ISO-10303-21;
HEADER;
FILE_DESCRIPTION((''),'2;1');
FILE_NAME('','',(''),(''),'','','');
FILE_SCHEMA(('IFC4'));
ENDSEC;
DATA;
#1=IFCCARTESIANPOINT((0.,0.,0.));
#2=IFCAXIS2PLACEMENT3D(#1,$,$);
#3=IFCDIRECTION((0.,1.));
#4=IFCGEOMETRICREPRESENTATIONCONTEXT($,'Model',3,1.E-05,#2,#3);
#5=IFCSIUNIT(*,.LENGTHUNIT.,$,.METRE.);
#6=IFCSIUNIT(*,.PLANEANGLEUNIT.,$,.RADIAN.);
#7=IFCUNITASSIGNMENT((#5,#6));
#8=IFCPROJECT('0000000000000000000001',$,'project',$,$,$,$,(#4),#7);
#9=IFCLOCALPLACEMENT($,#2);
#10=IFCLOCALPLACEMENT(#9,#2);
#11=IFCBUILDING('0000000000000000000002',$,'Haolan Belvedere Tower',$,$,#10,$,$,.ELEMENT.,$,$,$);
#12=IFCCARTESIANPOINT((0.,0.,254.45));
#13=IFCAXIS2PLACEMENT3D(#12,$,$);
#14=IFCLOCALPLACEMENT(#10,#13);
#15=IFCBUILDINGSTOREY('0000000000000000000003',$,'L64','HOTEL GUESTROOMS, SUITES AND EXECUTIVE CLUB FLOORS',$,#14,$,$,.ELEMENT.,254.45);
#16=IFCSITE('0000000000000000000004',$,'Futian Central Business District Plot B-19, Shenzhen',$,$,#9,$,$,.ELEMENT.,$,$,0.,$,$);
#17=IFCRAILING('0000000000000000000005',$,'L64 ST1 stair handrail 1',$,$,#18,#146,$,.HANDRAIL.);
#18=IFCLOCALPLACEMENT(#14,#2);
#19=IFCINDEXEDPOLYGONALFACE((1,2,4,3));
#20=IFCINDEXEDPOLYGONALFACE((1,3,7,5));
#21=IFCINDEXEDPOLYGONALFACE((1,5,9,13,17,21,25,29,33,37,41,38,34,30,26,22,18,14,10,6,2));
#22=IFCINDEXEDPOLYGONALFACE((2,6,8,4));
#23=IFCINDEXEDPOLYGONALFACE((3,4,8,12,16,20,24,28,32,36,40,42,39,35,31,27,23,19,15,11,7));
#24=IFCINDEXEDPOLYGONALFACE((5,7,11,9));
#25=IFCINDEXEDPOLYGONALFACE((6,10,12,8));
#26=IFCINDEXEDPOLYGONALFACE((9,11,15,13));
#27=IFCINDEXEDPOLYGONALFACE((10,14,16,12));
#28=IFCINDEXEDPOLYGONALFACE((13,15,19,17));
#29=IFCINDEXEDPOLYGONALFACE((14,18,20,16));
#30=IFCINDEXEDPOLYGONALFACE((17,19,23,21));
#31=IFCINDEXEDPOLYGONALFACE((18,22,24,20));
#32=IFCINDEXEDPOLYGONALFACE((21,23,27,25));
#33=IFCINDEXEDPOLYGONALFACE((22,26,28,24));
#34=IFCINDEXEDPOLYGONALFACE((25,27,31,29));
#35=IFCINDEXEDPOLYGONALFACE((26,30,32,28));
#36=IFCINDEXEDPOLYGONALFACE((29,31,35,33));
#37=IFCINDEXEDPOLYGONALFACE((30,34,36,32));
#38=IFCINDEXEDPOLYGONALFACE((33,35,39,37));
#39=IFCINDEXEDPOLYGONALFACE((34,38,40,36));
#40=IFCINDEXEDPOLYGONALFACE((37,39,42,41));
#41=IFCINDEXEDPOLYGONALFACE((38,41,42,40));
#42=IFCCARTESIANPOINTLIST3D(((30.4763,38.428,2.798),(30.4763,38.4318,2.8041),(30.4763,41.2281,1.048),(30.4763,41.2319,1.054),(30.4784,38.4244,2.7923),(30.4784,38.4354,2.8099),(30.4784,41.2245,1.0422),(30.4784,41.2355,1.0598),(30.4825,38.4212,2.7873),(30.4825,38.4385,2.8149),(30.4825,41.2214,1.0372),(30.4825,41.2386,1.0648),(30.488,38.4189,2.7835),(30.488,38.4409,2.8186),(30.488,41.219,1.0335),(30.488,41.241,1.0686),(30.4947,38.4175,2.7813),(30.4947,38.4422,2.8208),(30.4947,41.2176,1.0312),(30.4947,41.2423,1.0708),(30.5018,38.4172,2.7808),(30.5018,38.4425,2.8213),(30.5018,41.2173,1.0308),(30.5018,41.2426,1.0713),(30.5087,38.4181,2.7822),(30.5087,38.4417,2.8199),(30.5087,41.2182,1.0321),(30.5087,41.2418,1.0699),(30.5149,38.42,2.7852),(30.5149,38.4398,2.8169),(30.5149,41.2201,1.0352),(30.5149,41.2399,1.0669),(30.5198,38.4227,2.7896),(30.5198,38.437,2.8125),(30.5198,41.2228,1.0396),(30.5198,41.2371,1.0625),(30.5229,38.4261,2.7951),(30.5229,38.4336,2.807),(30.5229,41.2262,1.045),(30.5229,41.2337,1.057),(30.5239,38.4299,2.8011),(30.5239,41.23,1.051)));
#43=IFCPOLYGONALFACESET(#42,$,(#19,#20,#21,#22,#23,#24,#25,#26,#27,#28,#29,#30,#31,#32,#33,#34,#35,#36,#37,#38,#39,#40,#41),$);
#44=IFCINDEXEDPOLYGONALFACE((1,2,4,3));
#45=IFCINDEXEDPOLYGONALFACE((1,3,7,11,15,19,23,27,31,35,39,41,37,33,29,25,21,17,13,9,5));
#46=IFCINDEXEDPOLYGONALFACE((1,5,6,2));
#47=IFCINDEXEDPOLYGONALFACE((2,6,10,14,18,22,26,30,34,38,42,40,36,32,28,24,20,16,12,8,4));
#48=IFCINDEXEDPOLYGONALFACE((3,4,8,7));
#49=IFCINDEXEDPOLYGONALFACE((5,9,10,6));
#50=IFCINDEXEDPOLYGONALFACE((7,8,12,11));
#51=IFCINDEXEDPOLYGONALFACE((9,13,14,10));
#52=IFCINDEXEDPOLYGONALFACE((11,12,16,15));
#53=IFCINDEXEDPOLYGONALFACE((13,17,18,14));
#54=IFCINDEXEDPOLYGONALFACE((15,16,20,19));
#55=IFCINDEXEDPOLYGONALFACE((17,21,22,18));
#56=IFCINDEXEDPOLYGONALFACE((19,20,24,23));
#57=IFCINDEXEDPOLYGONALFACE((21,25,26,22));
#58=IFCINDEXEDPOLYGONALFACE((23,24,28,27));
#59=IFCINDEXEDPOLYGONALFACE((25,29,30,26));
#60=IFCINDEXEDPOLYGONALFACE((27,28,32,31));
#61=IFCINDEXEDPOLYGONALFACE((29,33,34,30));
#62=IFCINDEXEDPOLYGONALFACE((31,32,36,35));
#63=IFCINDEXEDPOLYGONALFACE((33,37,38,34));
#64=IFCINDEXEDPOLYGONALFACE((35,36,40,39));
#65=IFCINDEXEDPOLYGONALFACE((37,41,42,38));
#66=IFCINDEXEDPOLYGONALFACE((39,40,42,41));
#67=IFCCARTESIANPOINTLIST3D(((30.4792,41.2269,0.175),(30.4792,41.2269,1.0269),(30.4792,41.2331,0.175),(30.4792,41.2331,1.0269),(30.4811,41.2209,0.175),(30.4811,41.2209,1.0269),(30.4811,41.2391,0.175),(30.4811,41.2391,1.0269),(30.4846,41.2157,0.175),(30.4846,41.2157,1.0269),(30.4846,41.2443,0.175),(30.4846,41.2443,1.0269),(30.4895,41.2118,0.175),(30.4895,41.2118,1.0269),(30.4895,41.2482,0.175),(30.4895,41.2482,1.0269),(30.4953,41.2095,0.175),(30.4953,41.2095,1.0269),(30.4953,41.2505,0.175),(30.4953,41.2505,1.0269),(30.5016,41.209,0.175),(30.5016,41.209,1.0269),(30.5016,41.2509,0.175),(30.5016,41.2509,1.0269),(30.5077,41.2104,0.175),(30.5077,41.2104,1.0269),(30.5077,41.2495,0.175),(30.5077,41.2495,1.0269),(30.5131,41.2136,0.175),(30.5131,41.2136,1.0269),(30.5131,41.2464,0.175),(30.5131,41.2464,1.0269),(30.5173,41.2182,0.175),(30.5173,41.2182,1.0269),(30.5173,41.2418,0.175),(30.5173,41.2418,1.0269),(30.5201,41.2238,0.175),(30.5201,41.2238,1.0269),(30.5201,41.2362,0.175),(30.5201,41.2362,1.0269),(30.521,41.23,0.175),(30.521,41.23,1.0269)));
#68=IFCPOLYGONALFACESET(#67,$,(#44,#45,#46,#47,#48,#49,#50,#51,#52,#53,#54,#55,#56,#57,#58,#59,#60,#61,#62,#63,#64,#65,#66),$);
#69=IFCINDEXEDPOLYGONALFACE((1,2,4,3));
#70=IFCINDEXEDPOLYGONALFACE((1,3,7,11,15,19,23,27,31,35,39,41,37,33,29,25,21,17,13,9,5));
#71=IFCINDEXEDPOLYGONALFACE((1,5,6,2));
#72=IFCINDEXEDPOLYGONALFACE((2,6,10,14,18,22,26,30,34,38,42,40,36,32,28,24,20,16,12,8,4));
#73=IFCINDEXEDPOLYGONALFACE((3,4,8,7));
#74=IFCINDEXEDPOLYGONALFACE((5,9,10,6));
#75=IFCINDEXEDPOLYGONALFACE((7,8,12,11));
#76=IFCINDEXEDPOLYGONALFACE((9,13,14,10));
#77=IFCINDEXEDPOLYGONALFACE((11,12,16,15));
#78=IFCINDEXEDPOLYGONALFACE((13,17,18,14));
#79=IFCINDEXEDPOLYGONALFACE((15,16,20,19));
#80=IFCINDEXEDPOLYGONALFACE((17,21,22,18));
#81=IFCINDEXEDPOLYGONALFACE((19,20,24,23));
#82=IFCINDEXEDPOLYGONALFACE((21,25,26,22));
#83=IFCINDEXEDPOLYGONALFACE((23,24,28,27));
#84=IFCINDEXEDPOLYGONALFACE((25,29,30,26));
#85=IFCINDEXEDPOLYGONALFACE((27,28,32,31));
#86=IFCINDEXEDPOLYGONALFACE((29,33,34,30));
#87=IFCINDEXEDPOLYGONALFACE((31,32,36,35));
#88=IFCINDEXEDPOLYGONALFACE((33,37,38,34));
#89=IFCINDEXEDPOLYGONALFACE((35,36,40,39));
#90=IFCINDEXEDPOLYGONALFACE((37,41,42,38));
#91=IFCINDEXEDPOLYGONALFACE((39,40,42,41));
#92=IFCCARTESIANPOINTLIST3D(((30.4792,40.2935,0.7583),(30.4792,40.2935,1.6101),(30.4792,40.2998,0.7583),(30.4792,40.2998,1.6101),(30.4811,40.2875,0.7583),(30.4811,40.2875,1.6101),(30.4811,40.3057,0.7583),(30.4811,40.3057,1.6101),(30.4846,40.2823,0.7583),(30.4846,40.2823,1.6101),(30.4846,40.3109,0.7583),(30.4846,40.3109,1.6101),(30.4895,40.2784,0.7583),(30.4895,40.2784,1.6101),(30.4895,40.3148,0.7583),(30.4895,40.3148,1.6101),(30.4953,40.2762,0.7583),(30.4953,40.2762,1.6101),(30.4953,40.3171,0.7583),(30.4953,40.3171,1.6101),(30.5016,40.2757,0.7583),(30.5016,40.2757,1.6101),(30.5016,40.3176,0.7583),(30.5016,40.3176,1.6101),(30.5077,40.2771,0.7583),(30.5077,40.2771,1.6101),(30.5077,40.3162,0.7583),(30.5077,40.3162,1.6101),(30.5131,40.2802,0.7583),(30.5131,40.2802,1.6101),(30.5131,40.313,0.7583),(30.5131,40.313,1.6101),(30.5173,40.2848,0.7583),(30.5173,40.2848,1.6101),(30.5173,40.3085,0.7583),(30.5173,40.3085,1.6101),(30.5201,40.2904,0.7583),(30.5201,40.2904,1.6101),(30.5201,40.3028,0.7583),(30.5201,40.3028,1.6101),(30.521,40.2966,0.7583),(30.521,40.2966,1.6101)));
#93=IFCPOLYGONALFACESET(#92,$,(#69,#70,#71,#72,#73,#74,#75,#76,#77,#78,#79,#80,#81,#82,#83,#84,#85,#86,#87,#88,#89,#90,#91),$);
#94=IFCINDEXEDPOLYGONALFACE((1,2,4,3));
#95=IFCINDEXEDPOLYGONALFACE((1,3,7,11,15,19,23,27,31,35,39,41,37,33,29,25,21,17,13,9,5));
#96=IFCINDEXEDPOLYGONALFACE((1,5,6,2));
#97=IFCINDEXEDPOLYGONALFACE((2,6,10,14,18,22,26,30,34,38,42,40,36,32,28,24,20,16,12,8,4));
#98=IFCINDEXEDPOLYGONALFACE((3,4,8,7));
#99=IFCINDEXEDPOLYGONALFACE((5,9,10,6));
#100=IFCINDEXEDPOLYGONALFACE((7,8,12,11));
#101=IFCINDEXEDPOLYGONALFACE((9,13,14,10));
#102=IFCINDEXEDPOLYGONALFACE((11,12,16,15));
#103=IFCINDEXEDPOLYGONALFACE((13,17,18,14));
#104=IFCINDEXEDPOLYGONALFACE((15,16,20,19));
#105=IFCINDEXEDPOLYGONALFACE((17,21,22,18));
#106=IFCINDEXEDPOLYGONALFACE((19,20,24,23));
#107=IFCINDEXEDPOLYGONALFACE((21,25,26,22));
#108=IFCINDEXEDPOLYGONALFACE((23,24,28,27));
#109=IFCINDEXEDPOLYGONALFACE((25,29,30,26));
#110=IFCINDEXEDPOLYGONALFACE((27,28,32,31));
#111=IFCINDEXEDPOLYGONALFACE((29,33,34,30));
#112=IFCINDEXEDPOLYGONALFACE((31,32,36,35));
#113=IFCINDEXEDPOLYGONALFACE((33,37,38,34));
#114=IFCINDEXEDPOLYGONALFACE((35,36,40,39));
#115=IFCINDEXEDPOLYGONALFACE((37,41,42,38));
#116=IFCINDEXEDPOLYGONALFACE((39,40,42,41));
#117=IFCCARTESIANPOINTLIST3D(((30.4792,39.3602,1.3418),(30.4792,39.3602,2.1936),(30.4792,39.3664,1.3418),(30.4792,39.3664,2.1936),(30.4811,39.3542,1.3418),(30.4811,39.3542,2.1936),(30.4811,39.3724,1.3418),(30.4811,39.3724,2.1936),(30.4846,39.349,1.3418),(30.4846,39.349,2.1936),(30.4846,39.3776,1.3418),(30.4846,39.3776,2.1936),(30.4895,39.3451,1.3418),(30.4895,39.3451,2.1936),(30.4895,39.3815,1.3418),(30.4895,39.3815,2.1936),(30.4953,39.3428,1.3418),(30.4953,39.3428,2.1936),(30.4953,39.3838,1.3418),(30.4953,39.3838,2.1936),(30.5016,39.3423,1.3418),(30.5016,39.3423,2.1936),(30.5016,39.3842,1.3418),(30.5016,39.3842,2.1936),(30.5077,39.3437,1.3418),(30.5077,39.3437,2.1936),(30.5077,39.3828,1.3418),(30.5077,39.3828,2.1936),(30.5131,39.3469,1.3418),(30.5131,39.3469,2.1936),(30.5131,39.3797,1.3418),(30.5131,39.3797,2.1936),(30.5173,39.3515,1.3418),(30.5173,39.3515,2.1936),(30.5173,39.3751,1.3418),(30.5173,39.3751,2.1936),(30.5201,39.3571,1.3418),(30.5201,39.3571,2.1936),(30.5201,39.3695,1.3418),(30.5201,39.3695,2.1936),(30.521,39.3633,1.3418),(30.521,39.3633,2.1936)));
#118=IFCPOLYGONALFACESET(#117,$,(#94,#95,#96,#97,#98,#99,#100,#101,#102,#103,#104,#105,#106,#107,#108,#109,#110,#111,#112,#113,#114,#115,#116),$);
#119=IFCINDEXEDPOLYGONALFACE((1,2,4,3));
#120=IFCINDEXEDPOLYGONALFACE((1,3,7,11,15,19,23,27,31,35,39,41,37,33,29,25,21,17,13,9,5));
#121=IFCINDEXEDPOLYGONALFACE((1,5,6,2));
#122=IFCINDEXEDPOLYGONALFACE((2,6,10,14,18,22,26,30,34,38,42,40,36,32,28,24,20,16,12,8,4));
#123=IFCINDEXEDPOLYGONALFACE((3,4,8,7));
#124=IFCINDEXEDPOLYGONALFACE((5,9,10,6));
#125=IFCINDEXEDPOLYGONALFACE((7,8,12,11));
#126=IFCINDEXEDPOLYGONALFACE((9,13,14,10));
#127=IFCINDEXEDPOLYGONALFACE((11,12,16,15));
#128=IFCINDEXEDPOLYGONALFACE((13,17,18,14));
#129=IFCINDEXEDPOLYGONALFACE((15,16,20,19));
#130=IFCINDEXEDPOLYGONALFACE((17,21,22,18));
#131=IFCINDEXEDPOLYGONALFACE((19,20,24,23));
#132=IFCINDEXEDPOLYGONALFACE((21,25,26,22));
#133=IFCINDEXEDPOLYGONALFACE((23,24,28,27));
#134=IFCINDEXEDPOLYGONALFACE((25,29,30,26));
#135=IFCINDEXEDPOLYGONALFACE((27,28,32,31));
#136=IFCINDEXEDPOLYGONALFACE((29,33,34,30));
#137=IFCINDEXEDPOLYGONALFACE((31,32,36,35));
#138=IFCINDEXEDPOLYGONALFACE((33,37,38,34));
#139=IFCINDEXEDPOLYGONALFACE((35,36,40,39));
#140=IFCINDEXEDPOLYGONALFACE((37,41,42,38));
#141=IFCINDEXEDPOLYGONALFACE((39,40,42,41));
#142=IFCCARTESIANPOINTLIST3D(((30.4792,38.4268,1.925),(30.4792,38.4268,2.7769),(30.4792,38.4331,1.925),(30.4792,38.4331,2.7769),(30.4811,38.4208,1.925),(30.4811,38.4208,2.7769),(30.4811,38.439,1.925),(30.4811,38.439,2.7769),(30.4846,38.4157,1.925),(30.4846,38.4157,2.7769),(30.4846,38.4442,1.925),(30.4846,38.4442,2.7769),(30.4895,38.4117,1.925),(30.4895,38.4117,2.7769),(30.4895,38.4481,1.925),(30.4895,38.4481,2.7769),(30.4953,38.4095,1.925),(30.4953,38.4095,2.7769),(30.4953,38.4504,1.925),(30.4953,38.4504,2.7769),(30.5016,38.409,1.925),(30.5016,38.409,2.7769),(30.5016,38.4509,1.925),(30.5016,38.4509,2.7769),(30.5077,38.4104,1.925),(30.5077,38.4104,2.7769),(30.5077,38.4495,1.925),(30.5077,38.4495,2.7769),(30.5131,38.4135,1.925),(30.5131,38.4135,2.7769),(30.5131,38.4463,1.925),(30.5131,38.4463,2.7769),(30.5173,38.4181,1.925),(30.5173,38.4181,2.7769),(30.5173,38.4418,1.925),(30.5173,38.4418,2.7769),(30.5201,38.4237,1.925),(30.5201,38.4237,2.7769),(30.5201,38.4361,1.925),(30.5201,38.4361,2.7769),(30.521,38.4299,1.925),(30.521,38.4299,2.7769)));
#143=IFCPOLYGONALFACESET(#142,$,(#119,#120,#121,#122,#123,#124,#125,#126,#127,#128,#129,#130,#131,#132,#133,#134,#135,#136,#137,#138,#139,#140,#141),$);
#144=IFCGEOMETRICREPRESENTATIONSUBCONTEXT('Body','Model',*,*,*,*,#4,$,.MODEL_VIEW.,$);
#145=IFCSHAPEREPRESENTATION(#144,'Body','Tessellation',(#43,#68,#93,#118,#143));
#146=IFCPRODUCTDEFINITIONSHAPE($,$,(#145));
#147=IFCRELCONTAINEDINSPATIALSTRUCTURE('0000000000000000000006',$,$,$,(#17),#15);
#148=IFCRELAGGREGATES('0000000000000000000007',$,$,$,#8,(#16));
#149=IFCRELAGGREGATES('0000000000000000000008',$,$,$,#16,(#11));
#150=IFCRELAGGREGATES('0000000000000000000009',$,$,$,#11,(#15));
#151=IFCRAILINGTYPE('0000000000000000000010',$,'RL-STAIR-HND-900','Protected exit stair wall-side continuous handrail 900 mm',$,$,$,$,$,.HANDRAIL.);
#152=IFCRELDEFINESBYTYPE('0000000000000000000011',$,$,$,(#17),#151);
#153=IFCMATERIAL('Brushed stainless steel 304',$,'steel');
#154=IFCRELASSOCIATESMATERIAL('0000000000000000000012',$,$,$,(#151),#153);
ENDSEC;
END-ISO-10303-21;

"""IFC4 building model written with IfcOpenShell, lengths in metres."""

from ifc_helpers import new_model, si_unit, direction, frame, origin, origin_2d, place, context, subcontext, project, spatial, circle, extrude, material, type_object, element, save


model = new_model("IFC4")

# Units and contexts
model_context = context("Model", 3, precision=1e-05, world=origin(), true_north=direction((0.0, 1.0)))
body_context = subcontext(model_context, "Body", "Model", "MODEL_VIEW")
ifc_project = project(units=[si_unit("LENGTHUNIT", "METRE"), si_unit("PLANEANGLEUNIT", "RADIAN")], contexts=[model_context])

# Site, building, storey
site_placement = place(None, origin())
site = spatial("IfcSite", under=ifc_project, at=site_placement, Name="Futian Central Business District Plot B-19, Shenzhen", CompositionType="ELEMENT", RefElevation=0.0)
building_placement = place(site_placement, origin())
building = spatial("IfcBuilding", under=site, at=building_placement, Name="Haolan Belvedere Tower", CompositionType="ELEMENT")
storey_placement = place(building_placement, frame((0.0, 0.0, 254.45)))
storey = spatial("IfcBuildingStorey", under=building, at=storey_placement, Name="L64", Description="HOTEL GUESTROOMS, SUITES AND EXECUTIVE CLUB FLOORS", CompositionType="ELEMENT", Elevation=254.45)

# Railing
ifc_material_1 = material(Name="Brushed stainless steel 304", Category="steel")
railing_type_1 = type_object("IfcRailingType", Name="RL-STAIR-HND-900", Description="Protected exit stair wall-side continuous handrail 900 mm", PredefinedType="HANDRAIL", material=ifc_material_1)
railing_1_placement = place(storey_placement, frame((30.5, 41.23, 0.175)))
element("IfcRailing", 1, at=railing_1_placement, inside=storey, type_object=railing_type_1, Name="L64 ST1 stair handrail 1", PredefinedType="HANDRAIL", context=body_context, shape_type="SweptSolid", body=[
    extrude(circle(Radius=0.0239, at=origin_2d()), frame((0.0, 0.0, 0.876), z_axis=(0.0, -0.848002, 0.529992), x_axis=(1.0, 0.0, 0.0)), (0.0, 0.0, 1.0), 3.302),
    extrude(circle(Radius=0.021, at=origin_2d()), origin(), (0.0, 0.0, 1.0), 0.8518),
    extrude(circle(Radius=0.021, at=origin_2d()), frame((0.0, -0.9333, 0.5833)), (0.0, 0.0, 1.0), 0.8518),
    extrude(circle(Radius=0.021, at=origin_2d()), frame((0.0, -1.8667, 1.1667)), (0.0, 0.0, 1.0), 0.8518),
    extrude(circle(Radius=0.021, at=origin_2d()), frame((0.0, -2.8, 1.75)), (0.0, 0.0, 1.0), 0.8518),
])

save(model, "model.ifc")
